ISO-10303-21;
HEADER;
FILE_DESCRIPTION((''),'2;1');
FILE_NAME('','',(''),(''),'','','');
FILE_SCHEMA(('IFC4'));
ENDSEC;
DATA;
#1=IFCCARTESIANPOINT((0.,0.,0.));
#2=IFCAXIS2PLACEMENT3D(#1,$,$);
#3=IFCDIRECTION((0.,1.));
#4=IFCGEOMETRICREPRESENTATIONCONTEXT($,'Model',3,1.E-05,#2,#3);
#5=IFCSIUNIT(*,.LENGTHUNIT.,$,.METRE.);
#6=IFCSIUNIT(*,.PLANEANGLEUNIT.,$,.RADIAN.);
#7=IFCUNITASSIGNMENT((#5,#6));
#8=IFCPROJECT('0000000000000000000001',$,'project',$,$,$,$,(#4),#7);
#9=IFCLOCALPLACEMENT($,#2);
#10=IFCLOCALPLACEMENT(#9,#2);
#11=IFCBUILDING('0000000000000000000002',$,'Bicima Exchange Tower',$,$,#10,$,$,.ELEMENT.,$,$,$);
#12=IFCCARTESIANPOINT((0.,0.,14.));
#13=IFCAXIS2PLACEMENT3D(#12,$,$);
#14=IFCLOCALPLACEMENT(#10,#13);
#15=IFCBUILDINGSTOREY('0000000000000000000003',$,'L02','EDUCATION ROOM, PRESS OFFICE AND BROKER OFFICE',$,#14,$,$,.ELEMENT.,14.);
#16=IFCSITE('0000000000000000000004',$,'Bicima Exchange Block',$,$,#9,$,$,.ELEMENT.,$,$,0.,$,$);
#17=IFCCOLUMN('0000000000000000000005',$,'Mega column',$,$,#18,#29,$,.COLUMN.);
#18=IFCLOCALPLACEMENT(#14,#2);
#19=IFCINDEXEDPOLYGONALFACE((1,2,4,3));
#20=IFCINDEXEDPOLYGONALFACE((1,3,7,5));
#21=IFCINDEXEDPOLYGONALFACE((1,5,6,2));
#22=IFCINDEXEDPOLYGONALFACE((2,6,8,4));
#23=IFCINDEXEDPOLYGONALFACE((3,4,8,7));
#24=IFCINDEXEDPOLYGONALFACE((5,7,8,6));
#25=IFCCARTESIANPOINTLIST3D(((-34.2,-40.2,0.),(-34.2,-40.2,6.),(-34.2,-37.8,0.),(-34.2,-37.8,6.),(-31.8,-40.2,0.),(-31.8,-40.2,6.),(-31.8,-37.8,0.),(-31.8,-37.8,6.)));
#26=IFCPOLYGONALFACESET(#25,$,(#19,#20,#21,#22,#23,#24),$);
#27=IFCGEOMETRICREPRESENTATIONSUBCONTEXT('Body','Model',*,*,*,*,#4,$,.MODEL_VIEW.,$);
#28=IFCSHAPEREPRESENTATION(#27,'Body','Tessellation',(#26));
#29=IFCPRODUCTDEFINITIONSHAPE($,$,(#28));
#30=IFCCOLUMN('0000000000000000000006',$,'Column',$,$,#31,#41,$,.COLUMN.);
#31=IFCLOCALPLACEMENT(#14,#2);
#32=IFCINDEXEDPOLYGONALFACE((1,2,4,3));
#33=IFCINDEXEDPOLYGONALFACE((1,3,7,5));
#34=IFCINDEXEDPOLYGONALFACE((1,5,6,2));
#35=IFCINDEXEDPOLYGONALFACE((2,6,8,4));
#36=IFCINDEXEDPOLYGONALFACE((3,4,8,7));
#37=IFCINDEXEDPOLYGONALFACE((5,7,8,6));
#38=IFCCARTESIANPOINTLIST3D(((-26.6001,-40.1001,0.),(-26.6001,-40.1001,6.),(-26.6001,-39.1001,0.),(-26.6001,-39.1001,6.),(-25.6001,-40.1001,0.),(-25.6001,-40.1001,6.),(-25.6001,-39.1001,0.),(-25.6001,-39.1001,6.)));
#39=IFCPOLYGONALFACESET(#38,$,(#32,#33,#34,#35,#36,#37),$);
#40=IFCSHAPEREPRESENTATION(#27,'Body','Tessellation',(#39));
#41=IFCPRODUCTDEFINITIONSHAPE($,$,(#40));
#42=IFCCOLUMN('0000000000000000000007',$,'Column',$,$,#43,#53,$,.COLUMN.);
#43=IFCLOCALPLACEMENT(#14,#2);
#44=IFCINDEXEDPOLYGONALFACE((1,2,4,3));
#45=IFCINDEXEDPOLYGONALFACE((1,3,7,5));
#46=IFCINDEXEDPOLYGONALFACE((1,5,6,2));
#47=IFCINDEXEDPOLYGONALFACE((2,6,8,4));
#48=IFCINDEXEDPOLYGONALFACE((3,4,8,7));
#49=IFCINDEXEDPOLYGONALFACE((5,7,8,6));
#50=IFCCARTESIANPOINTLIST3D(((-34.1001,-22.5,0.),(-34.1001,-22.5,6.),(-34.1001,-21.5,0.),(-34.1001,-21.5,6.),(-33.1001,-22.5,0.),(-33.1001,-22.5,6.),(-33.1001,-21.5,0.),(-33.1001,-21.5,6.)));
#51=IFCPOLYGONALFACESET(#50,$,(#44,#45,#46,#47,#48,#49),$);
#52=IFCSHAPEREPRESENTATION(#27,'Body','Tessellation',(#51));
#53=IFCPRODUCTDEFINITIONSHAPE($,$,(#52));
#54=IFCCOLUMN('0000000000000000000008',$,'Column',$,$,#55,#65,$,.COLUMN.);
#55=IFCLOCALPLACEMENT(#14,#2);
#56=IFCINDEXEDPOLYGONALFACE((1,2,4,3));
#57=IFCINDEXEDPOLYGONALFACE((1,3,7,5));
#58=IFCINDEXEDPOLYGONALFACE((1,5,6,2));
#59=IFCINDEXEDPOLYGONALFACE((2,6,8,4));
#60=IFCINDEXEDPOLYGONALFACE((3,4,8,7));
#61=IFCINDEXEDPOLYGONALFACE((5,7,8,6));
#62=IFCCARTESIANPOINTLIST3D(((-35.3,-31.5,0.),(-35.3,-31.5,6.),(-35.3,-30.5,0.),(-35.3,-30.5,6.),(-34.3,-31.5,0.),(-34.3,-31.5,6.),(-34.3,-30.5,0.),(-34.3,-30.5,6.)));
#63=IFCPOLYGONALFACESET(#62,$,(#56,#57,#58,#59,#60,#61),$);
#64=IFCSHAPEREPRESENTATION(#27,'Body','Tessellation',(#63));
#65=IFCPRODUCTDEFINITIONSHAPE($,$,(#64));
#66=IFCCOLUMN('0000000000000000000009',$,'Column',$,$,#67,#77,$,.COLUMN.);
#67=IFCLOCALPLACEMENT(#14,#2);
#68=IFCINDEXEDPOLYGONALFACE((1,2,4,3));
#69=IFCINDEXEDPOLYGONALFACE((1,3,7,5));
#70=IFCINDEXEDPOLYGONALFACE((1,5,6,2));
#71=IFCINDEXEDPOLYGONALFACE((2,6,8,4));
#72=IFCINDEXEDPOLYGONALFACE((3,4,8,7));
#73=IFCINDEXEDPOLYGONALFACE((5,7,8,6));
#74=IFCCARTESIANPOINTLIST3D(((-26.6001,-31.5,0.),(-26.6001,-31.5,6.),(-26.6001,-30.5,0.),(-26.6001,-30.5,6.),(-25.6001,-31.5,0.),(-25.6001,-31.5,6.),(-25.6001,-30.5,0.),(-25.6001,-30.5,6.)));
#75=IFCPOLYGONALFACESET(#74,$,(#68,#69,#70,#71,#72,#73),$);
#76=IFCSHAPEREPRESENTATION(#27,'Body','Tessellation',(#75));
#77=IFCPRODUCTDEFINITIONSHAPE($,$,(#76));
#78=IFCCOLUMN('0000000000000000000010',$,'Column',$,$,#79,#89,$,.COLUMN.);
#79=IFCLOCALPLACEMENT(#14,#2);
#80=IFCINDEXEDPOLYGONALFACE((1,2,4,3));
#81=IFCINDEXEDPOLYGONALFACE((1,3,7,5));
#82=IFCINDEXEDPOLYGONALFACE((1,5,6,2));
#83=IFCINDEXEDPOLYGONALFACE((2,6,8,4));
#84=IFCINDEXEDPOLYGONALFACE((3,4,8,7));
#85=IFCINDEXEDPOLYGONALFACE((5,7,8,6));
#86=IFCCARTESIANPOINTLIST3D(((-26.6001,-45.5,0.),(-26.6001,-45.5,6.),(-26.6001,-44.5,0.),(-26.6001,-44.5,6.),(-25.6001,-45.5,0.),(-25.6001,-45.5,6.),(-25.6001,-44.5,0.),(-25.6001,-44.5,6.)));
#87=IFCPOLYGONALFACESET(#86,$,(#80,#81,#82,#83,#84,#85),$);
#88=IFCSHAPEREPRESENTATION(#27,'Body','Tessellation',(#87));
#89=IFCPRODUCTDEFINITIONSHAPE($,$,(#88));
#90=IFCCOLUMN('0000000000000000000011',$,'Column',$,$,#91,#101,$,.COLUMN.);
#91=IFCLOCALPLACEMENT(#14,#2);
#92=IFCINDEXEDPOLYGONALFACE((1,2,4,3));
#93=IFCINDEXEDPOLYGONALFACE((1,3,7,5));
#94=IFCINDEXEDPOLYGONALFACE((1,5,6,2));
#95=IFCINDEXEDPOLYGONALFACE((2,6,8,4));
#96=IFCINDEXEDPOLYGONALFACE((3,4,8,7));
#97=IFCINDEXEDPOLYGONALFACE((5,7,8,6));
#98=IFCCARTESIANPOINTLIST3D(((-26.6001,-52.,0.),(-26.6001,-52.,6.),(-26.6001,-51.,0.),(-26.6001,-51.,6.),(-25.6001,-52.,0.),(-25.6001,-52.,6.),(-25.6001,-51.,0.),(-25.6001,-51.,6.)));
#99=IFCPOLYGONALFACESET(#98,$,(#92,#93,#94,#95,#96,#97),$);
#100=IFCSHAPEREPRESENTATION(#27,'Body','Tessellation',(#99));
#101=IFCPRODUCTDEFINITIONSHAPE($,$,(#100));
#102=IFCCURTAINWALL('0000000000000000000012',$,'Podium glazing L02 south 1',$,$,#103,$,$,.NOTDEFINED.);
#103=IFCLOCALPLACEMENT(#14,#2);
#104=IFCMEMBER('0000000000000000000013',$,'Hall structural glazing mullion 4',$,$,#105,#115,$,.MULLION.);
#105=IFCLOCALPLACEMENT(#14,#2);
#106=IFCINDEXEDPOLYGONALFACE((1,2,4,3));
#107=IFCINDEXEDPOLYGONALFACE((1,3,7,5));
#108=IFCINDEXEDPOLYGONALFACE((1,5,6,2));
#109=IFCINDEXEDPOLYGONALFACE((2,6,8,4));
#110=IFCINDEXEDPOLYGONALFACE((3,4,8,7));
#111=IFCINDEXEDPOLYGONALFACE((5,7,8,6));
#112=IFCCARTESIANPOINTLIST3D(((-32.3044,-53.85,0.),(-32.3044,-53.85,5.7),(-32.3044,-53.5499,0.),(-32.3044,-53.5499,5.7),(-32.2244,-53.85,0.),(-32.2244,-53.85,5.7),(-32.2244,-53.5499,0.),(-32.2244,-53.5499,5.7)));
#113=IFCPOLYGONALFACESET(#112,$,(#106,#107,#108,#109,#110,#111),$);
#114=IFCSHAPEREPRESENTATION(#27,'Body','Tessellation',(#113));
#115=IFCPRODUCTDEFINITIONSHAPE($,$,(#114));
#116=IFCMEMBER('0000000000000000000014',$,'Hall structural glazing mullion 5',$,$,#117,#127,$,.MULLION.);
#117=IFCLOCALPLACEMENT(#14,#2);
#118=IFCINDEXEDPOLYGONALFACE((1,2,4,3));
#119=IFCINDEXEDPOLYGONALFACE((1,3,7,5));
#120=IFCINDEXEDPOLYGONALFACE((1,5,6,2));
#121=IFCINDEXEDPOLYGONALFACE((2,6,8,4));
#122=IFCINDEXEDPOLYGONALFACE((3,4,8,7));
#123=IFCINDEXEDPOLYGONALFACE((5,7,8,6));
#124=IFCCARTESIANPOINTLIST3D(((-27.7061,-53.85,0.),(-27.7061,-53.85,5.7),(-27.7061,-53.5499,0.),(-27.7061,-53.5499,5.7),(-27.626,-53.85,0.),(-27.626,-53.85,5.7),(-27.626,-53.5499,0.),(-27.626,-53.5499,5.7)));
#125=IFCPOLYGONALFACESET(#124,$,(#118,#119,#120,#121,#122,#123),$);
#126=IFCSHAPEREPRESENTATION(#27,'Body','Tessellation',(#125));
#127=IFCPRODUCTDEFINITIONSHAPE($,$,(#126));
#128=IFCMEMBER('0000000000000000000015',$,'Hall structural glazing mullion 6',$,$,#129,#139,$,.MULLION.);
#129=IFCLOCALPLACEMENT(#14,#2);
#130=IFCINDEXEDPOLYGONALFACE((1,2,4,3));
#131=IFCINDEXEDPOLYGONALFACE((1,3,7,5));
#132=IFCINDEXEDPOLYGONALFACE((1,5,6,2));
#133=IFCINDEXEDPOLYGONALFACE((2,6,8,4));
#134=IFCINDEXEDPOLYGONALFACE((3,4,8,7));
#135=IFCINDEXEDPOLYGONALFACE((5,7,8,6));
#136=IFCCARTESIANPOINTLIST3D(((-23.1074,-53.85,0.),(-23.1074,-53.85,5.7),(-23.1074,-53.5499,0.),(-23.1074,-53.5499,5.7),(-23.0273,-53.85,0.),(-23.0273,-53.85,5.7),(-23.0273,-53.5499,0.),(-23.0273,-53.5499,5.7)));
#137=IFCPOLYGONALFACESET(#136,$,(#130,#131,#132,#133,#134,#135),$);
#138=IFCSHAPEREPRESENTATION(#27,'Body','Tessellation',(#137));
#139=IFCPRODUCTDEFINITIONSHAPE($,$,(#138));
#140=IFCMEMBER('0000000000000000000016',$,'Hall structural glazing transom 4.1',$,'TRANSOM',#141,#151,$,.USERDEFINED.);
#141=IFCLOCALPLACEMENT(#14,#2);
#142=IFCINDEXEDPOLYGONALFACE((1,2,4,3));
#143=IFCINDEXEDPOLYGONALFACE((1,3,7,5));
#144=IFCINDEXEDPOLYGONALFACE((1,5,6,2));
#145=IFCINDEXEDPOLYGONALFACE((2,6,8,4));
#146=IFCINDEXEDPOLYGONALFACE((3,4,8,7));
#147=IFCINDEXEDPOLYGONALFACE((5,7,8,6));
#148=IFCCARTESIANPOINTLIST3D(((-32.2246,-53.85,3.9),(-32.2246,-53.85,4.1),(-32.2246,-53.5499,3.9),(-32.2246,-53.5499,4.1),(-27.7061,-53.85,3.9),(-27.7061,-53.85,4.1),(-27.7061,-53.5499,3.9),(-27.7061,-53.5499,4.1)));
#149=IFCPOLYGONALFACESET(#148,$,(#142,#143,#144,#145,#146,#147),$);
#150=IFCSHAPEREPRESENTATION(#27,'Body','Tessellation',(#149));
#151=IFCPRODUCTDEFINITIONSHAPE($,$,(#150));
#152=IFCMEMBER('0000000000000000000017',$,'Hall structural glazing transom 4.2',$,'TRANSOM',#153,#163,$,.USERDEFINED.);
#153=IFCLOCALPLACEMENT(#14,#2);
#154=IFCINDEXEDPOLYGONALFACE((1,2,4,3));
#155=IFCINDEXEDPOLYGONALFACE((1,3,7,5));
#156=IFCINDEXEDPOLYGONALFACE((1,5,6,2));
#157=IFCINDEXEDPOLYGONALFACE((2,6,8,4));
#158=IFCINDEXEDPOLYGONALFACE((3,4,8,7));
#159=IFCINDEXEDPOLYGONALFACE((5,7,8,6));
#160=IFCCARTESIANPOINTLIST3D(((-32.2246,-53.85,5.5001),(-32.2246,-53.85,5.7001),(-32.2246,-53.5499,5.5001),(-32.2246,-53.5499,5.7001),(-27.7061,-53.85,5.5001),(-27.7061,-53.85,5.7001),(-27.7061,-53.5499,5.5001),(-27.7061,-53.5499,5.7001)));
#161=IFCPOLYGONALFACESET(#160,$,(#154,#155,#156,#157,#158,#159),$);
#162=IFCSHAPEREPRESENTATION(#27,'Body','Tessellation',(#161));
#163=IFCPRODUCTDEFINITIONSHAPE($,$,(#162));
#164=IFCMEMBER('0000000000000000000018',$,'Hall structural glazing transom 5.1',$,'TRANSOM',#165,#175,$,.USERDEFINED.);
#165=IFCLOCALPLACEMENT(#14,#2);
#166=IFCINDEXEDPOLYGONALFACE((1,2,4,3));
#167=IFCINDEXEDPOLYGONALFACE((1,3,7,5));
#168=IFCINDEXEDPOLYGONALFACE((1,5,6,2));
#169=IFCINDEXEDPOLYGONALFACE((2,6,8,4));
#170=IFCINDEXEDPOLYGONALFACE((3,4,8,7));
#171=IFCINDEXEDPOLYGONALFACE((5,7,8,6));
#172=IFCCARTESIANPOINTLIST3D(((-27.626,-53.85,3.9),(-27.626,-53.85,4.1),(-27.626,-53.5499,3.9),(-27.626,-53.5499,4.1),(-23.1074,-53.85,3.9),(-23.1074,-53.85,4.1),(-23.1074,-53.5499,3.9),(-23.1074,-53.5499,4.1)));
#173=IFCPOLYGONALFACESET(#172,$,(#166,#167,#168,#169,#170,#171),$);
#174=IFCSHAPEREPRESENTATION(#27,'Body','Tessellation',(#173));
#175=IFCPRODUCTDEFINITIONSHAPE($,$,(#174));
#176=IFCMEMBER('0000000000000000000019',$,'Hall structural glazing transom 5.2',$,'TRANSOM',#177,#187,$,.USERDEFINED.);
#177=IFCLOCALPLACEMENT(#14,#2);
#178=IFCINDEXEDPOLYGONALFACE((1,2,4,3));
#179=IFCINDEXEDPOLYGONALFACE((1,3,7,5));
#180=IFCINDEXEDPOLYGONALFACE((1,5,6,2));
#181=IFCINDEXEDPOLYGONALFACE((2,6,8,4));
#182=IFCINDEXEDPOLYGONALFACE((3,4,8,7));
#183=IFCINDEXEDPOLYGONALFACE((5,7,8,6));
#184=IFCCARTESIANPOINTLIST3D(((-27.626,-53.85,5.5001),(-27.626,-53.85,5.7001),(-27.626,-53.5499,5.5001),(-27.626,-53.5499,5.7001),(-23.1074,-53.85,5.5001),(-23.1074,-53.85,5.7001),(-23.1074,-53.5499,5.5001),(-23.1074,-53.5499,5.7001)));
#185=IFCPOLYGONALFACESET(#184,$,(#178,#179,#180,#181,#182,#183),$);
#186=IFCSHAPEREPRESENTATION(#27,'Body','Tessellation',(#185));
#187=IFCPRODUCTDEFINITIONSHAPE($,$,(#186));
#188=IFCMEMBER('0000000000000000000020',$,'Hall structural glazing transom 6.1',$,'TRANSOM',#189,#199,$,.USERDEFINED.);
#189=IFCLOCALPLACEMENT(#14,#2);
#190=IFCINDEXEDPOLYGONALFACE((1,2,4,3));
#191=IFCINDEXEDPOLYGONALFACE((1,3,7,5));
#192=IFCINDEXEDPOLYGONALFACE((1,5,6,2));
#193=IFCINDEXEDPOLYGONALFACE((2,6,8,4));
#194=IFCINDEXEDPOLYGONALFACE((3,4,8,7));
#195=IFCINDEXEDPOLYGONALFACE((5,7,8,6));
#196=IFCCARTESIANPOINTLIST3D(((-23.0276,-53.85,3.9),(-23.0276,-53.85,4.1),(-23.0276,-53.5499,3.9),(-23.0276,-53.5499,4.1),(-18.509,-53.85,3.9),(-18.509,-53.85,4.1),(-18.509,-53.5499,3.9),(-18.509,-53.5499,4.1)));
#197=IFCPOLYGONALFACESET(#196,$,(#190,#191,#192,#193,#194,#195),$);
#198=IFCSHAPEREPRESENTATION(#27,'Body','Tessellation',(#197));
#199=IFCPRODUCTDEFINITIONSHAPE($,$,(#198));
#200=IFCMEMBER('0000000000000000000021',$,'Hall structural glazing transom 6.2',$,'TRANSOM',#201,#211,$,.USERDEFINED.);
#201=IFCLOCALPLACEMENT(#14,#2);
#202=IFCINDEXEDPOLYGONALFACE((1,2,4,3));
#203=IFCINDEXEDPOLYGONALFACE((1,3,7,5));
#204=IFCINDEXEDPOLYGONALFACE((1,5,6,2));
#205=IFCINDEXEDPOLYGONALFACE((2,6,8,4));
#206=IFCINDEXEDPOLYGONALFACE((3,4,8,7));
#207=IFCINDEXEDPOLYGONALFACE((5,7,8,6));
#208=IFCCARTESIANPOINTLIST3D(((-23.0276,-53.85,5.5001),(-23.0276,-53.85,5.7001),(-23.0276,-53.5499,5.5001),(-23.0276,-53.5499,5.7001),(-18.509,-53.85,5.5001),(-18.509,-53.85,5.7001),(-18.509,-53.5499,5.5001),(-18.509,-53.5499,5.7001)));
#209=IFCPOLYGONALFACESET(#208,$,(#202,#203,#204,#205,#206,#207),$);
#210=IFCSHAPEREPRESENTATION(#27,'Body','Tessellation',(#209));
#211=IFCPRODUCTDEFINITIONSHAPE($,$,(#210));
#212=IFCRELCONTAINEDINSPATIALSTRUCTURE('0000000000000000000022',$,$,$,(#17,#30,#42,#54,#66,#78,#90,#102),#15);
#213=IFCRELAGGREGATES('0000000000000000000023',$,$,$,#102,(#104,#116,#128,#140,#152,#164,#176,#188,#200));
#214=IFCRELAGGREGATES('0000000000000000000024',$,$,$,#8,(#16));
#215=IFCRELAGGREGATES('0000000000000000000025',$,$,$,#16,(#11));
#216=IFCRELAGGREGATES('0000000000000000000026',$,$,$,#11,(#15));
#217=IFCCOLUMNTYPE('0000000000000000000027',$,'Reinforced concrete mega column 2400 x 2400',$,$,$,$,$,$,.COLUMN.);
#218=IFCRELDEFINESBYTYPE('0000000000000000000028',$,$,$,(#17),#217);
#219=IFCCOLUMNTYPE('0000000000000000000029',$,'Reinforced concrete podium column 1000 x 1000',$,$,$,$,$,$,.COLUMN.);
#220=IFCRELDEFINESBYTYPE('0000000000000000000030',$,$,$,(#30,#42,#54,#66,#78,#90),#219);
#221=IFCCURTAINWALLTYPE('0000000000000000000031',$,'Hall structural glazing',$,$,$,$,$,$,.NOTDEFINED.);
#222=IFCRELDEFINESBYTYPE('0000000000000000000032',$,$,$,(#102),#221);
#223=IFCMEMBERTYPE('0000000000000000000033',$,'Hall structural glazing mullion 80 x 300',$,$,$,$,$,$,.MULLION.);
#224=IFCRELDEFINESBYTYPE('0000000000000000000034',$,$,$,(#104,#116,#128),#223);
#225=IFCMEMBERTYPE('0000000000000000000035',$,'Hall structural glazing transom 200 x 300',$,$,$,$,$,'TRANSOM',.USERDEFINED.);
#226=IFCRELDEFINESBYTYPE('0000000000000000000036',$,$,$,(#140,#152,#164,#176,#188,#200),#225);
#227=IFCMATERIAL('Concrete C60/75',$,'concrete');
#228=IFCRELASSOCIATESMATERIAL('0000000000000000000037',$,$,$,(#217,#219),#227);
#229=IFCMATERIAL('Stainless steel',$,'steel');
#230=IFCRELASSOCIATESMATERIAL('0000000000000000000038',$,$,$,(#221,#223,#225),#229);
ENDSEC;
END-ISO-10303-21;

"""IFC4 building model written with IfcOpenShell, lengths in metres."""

from ifc_helpers import new_model, si_unit, direction, frame, origin, origin_2d, place, context, subcontext, project, spatial, rectangle, extrude, material, material_profile, profile_set, type_object, element, aggregate, save


model = new_model("IFC4")

# Units and contexts
model_context = context("Model", 3, precision=1e-05, world=origin(), true_north=direction((0.0, 1.0)))
body_context = subcontext(model_context, "Body", "Model", "MODEL_VIEW")
ifc_project = project(units=[si_unit("LENGTHUNIT", "METRE"), si_unit("PLANEANGLEUNIT", "RADIAN")], contexts=[model_context])

# Site, building, storey
site_placement = place(None, origin())
site = spatial("IfcSite", under=ifc_project, at=site_placement, Name="Bicima Exchange Block", CompositionType="ELEMENT", RefElevation=0.0)
building_placement = place(site_placement, origin())
building = spatial("IfcBuilding", under=site, at=building_placement, Name="Bicima Exchange Tower", CompositionType="ELEMENT")
storey_placement = place(building_placement, frame((0.0, 0.0, 14.0)))
storey = spatial("IfcBuildingStorey", under=building, at=storey_placement, Name="L02", Description="EDUCATION ROOM, PRESS OFFICE AND BROKER OFFICE", CompositionType="ELEMENT", Elevation=14.0)

# Columns
ifc_material_1 = material(Name="Concrete C60/75", Category="concrete")
ifc_material_profile_1 = material_profile(ifc_material_1, rectangle(XDim=2.3999, YDim=2.3999, at=origin_2d()))
ifc_profile_set_1 = profile_set([ifc_material_profile_1], Name="Concrete C60/75")
column_type_1 = type_object("IfcColumnType", Name="Reinforced concrete mega column 2400 x 2400", PredefinedType="COLUMN", material=ifc_profile_set_1)
column_placement = place(storey_placement, frame((-33.0, -39.0, 0.0), z_axis=(0.0, 0.0, 1.0), x_axis=(1.0, 0.0, 0.0)))
element("IfcColumn", 1, at=column_placement, inside=storey, type_object=column_type_1, Name="Mega column", PredefinedType="COLUMN", context=body_context, shape_type="SweptSolid", body=[
    extrude(rectangle(XDim=2.3999, YDim=2.3999, at=origin_2d()), origin(), (0.0, 0.0, 1.0), 6.0),
])
ifc_material_profile_2 = material_profile(ifc_material_1, rectangle(XDim=1.0, YDim=1.0, at=origin_2d()))
ifc_profile_set_2 = profile_set([ifc_material_profile_2], Name="Concrete C60/75")
column_type_2 = type_object("IfcColumnType", Name="Reinforced concrete podium column 1000 x 1000", PredefinedType="COLUMN", material=ifc_profile_set_2)
for number, where, z_axis, x_axis, name in (
    (2, (-26.1001, -39.6001, 0.0), (0.0, 0.0, 1.0), (1.0, 0.0, 0.0), "Column"),
    (3, (-33.6001, -22.0, 0.0), (0.0, 0.0, 1.0), (1.0, 0.0, 0.0), "Column"),
    (4, (-34.8, -31.0, 0.0), (0.0, 0.0, 1.0), (1.0, 0.0, 0.0), "Column"),
    (5, (-26.1001, -31.0, 0.0), (0.0, 0.0, 1.0), (1.0, 0.0, 0.0), "Column"),
    (6, (-26.1001, -45.0, 0.0), (0.0, 0.0, 1.0), (1.0, 0.0, 0.0), "Column"),
    (7, (-26.1001, -51.5, 0.0), (0.0, 0.0, 1.0), (1.0, 0.0, 0.0), "Column"),
):
    element("IfcColumn", number, at=place(storey_placement, frame(where, z_axis=z_axis, x_axis=x_axis)), inside=storey, type_object=column_type_2, Name=name, PredefinedType="COLUMN", context=body_context, shape_type="SweptSolid", body=[
        extrude(rectangle(XDim=1.0, YDim=1.0, at=origin_2d()), origin(), (0.0, 0.0, 1.0), 6.0),
    ])

# Curtain wall, members
ifc_material_2 = material(Name="Stainless steel", Category="steel")
curtain_wall_type = type_object("IfcCurtainWallType", Name="Hall structural glazing", PredefinedType="NOTDEFINED", material=ifc_material_2)
curtain_wall_placement = place(storey_placement, origin())
curtain_wall = element("IfcCurtainWall", 8, at=curtain_wall_placement, inside=storey, type_object=curtain_wall_type, Name="Podium glazing L02 south 1", PredefinedType="NOTDEFINED")
ifc_material_profile_3 = material_profile(ifc_material_2, rectangle(XDim=0.3, YDim=0.0801, at=origin_2d()))
ifc_profile_set_3 = profile_set([ifc_material_profile_3], Name="Stainless steel")
member_type_1 = type_object("IfcMemberType", Name="Hall structural glazing mullion 80 x 300", PredefinedType="MULLION", material=ifc_profile_set_3)
member_1_placement = place(storey_placement, frame((-32.2644, -53.7, 0.0), z_axis=(0.0, 0.0, 1.0), x_axis=(0.0, 1.0, 0.0)))
member_1 = element("IfcMember", 9, at=member_1_placement, type_object=member_type_1, Name="Hall structural glazing mullion 4", PredefinedType="MULLION", context=body_context, shape_type="SweptSolid", body=[
    extrude(rectangle(XDim=0.3, YDim=0.0801, at=origin_2d()), origin(), (0.0, 0.0, 1.0), 5.7),
])
member_2_placement = place(storey_placement, frame((-27.666, -53.7, 0.0), z_axis=(0.0, 0.0, 1.0), x_axis=(0.0, 1.0, 0.0)))
member_2 = element("IfcMember", 10, at=member_2_placement, type_object=member_type_1, Name="Hall structural glazing mullion 5", PredefinedType="MULLION", context=body_context, shape_type="SweptSolid", body=[
    extrude(rectangle(XDim=0.3, YDim=0.0801, at=origin_2d()), origin(), (0.0, 0.0, 1.0), 5.7),
])
member_3_placement = place(storey_placement, frame((-23.0674, -53.7, 0.0), z_axis=(0.0, 0.0, 1.0), x_axis=(0.0, 1.0, 0.0)))
member_3 = element("IfcMember", 11, at=member_3_placement, type_object=member_type_1, Name="Hall structural glazing mullion 6", PredefinedType="MULLION", context=body_context, shape_type="SweptSolid", body=[
    extrude(rectangle(XDim=0.3, YDim=0.0801, at=origin_2d()), origin(), (0.0, 0.0, 1.0), 5.7),
])
ifc_material_profile_4 = material_profile(ifc_material_2, rectangle(XDim=0.3, YDim=0.2, at=origin_2d()))
ifc_profile_set_4 = profile_set([ifc_material_profile_4], Name="Stainless steel")
member_type_2 = type_object("IfcMemberType", Name="Hall structural glazing transom 200 x 300", ElementType="TRANSOM", PredefinedType="USERDEFINED", material=ifc_profile_set_4)
member_4_placement = place(storey_placement, frame((-32.2246, -53.7, 4.0), z_axis=(1.0, 0.0, 0.0), x_axis=(0.0, 1.0, 0.0)))
member_4 = element("IfcMember", 12, at=member_4_placement, type_object=member_type_2, Name="Hall structural glazing transom 4.1", ObjectType="TRANSOM", PredefinedType="USERDEFINED", context=body_context, shape_type="SweptSolid", body=[
    extrude(rectangle(XDim=0.3, YDim=0.2, at=origin_2d()), origin(), (0.0, 0.0, 1.0), 4.5186),
])
member_5_placement = place(storey_placement, frame((-32.2246, -53.7, 5.6001), z_axis=(1.0, 0.0, 0.0), x_axis=(0.0, 1.0, 0.0)))
member_5 = element("IfcMember", 13, at=member_5_placement, type_object=member_type_2, Name="Hall structural glazing transom 4.2", ObjectType="TRANSOM", PredefinedType="USERDEFINED", context=body_context, shape_type="SweptSolid", body=[
    extrude(rectangle(XDim=0.3, YDim=0.2, at=origin_2d()), origin(), (0.0, 0.0, 1.0), 4.5186),
])
member_6_placement = place(storey_placement, frame((-27.626, -53.7, 4.0), z_axis=(1.0, 0.0, 0.0), x_axis=(0.0, 1.0, 0.0)))
member_6 = element("IfcMember", 14, at=member_6_placement, type_object=member_type_2, Name="Hall structural glazing transom 5.1", ObjectType="TRANSOM", PredefinedType="USERDEFINED", context=body_context, shape_type="SweptSolid", body=[
    extrude(rectangle(XDim=0.3, YDim=0.2, at=origin_2d()), origin(), (0.0, 0.0, 1.0), 4.5186),
])
member_7_placement = place(storey_placement, frame((-27.626, -53.7, 5.6001), z_axis=(1.0, 0.0, 0.0), x_axis=(0.0, 1.0, 0.0)))
member_7 = element("IfcMember", 15, at=member_7_placement, type_object=member_type_2, Name="Hall structural glazing transom 5.2", ObjectType="TRANSOM", PredefinedType="USERDEFINED", context=body_context, shape_type="SweptSolid", body=[
    extrude(rectangle(XDim=0.3, YDim=0.2, at=origin_2d()), origin(), (0.0, 0.0, 1.0), 4.5186),
])
member_8_placement = place(storey_placement, frame((-23.0276, -53.7, 4.0), z_axis=(1.0, 0.0, 0.0), x_axis=(0.0, 1.0, 0.0)))
member_8 = element("IfcMember", 16, at=member_8_placement, type_object=member_type_2, Name="Hall structural glazing transom 6.1", ObjectType="TRANSOM", PredefinedType="USERDEFINED", context=body_context, shape_type="SweptSolid", body=[
    extrude(rectangle(XDim=0.3, YDim=0.2, at=origin_2d()), origin(), (0.0, 0.0, 1.0), 4.5186),
])
member_9_placement = place(storey_placement, frame((-23.0276, -53.7, 5.6001), z_axis=(1.0, 0.0, 0.0), x_axis=(0.0, 1.0, 0.0)))
member_9 = element("IfcMember", 17, at=member_9_placement, type_object=member_type_2, Name="Hall structural glazing transom 6.2", ObjectType="TRANSOM", PredefinedType="USERDEFINED", context=body_context, shape_type="SweptSolid", body=[
    extrude(rectangle(XDim=0.3, YDim=0.2, at=origin_2d()), origin(), (0.0, 0.0, 1.0), 4.5186),
])
aggregate(curtain_wall, [member_1, member_2, member_3, member_4, member_5, member_6, member_7, member_8, member_9])

save(model, "model.ifc")
